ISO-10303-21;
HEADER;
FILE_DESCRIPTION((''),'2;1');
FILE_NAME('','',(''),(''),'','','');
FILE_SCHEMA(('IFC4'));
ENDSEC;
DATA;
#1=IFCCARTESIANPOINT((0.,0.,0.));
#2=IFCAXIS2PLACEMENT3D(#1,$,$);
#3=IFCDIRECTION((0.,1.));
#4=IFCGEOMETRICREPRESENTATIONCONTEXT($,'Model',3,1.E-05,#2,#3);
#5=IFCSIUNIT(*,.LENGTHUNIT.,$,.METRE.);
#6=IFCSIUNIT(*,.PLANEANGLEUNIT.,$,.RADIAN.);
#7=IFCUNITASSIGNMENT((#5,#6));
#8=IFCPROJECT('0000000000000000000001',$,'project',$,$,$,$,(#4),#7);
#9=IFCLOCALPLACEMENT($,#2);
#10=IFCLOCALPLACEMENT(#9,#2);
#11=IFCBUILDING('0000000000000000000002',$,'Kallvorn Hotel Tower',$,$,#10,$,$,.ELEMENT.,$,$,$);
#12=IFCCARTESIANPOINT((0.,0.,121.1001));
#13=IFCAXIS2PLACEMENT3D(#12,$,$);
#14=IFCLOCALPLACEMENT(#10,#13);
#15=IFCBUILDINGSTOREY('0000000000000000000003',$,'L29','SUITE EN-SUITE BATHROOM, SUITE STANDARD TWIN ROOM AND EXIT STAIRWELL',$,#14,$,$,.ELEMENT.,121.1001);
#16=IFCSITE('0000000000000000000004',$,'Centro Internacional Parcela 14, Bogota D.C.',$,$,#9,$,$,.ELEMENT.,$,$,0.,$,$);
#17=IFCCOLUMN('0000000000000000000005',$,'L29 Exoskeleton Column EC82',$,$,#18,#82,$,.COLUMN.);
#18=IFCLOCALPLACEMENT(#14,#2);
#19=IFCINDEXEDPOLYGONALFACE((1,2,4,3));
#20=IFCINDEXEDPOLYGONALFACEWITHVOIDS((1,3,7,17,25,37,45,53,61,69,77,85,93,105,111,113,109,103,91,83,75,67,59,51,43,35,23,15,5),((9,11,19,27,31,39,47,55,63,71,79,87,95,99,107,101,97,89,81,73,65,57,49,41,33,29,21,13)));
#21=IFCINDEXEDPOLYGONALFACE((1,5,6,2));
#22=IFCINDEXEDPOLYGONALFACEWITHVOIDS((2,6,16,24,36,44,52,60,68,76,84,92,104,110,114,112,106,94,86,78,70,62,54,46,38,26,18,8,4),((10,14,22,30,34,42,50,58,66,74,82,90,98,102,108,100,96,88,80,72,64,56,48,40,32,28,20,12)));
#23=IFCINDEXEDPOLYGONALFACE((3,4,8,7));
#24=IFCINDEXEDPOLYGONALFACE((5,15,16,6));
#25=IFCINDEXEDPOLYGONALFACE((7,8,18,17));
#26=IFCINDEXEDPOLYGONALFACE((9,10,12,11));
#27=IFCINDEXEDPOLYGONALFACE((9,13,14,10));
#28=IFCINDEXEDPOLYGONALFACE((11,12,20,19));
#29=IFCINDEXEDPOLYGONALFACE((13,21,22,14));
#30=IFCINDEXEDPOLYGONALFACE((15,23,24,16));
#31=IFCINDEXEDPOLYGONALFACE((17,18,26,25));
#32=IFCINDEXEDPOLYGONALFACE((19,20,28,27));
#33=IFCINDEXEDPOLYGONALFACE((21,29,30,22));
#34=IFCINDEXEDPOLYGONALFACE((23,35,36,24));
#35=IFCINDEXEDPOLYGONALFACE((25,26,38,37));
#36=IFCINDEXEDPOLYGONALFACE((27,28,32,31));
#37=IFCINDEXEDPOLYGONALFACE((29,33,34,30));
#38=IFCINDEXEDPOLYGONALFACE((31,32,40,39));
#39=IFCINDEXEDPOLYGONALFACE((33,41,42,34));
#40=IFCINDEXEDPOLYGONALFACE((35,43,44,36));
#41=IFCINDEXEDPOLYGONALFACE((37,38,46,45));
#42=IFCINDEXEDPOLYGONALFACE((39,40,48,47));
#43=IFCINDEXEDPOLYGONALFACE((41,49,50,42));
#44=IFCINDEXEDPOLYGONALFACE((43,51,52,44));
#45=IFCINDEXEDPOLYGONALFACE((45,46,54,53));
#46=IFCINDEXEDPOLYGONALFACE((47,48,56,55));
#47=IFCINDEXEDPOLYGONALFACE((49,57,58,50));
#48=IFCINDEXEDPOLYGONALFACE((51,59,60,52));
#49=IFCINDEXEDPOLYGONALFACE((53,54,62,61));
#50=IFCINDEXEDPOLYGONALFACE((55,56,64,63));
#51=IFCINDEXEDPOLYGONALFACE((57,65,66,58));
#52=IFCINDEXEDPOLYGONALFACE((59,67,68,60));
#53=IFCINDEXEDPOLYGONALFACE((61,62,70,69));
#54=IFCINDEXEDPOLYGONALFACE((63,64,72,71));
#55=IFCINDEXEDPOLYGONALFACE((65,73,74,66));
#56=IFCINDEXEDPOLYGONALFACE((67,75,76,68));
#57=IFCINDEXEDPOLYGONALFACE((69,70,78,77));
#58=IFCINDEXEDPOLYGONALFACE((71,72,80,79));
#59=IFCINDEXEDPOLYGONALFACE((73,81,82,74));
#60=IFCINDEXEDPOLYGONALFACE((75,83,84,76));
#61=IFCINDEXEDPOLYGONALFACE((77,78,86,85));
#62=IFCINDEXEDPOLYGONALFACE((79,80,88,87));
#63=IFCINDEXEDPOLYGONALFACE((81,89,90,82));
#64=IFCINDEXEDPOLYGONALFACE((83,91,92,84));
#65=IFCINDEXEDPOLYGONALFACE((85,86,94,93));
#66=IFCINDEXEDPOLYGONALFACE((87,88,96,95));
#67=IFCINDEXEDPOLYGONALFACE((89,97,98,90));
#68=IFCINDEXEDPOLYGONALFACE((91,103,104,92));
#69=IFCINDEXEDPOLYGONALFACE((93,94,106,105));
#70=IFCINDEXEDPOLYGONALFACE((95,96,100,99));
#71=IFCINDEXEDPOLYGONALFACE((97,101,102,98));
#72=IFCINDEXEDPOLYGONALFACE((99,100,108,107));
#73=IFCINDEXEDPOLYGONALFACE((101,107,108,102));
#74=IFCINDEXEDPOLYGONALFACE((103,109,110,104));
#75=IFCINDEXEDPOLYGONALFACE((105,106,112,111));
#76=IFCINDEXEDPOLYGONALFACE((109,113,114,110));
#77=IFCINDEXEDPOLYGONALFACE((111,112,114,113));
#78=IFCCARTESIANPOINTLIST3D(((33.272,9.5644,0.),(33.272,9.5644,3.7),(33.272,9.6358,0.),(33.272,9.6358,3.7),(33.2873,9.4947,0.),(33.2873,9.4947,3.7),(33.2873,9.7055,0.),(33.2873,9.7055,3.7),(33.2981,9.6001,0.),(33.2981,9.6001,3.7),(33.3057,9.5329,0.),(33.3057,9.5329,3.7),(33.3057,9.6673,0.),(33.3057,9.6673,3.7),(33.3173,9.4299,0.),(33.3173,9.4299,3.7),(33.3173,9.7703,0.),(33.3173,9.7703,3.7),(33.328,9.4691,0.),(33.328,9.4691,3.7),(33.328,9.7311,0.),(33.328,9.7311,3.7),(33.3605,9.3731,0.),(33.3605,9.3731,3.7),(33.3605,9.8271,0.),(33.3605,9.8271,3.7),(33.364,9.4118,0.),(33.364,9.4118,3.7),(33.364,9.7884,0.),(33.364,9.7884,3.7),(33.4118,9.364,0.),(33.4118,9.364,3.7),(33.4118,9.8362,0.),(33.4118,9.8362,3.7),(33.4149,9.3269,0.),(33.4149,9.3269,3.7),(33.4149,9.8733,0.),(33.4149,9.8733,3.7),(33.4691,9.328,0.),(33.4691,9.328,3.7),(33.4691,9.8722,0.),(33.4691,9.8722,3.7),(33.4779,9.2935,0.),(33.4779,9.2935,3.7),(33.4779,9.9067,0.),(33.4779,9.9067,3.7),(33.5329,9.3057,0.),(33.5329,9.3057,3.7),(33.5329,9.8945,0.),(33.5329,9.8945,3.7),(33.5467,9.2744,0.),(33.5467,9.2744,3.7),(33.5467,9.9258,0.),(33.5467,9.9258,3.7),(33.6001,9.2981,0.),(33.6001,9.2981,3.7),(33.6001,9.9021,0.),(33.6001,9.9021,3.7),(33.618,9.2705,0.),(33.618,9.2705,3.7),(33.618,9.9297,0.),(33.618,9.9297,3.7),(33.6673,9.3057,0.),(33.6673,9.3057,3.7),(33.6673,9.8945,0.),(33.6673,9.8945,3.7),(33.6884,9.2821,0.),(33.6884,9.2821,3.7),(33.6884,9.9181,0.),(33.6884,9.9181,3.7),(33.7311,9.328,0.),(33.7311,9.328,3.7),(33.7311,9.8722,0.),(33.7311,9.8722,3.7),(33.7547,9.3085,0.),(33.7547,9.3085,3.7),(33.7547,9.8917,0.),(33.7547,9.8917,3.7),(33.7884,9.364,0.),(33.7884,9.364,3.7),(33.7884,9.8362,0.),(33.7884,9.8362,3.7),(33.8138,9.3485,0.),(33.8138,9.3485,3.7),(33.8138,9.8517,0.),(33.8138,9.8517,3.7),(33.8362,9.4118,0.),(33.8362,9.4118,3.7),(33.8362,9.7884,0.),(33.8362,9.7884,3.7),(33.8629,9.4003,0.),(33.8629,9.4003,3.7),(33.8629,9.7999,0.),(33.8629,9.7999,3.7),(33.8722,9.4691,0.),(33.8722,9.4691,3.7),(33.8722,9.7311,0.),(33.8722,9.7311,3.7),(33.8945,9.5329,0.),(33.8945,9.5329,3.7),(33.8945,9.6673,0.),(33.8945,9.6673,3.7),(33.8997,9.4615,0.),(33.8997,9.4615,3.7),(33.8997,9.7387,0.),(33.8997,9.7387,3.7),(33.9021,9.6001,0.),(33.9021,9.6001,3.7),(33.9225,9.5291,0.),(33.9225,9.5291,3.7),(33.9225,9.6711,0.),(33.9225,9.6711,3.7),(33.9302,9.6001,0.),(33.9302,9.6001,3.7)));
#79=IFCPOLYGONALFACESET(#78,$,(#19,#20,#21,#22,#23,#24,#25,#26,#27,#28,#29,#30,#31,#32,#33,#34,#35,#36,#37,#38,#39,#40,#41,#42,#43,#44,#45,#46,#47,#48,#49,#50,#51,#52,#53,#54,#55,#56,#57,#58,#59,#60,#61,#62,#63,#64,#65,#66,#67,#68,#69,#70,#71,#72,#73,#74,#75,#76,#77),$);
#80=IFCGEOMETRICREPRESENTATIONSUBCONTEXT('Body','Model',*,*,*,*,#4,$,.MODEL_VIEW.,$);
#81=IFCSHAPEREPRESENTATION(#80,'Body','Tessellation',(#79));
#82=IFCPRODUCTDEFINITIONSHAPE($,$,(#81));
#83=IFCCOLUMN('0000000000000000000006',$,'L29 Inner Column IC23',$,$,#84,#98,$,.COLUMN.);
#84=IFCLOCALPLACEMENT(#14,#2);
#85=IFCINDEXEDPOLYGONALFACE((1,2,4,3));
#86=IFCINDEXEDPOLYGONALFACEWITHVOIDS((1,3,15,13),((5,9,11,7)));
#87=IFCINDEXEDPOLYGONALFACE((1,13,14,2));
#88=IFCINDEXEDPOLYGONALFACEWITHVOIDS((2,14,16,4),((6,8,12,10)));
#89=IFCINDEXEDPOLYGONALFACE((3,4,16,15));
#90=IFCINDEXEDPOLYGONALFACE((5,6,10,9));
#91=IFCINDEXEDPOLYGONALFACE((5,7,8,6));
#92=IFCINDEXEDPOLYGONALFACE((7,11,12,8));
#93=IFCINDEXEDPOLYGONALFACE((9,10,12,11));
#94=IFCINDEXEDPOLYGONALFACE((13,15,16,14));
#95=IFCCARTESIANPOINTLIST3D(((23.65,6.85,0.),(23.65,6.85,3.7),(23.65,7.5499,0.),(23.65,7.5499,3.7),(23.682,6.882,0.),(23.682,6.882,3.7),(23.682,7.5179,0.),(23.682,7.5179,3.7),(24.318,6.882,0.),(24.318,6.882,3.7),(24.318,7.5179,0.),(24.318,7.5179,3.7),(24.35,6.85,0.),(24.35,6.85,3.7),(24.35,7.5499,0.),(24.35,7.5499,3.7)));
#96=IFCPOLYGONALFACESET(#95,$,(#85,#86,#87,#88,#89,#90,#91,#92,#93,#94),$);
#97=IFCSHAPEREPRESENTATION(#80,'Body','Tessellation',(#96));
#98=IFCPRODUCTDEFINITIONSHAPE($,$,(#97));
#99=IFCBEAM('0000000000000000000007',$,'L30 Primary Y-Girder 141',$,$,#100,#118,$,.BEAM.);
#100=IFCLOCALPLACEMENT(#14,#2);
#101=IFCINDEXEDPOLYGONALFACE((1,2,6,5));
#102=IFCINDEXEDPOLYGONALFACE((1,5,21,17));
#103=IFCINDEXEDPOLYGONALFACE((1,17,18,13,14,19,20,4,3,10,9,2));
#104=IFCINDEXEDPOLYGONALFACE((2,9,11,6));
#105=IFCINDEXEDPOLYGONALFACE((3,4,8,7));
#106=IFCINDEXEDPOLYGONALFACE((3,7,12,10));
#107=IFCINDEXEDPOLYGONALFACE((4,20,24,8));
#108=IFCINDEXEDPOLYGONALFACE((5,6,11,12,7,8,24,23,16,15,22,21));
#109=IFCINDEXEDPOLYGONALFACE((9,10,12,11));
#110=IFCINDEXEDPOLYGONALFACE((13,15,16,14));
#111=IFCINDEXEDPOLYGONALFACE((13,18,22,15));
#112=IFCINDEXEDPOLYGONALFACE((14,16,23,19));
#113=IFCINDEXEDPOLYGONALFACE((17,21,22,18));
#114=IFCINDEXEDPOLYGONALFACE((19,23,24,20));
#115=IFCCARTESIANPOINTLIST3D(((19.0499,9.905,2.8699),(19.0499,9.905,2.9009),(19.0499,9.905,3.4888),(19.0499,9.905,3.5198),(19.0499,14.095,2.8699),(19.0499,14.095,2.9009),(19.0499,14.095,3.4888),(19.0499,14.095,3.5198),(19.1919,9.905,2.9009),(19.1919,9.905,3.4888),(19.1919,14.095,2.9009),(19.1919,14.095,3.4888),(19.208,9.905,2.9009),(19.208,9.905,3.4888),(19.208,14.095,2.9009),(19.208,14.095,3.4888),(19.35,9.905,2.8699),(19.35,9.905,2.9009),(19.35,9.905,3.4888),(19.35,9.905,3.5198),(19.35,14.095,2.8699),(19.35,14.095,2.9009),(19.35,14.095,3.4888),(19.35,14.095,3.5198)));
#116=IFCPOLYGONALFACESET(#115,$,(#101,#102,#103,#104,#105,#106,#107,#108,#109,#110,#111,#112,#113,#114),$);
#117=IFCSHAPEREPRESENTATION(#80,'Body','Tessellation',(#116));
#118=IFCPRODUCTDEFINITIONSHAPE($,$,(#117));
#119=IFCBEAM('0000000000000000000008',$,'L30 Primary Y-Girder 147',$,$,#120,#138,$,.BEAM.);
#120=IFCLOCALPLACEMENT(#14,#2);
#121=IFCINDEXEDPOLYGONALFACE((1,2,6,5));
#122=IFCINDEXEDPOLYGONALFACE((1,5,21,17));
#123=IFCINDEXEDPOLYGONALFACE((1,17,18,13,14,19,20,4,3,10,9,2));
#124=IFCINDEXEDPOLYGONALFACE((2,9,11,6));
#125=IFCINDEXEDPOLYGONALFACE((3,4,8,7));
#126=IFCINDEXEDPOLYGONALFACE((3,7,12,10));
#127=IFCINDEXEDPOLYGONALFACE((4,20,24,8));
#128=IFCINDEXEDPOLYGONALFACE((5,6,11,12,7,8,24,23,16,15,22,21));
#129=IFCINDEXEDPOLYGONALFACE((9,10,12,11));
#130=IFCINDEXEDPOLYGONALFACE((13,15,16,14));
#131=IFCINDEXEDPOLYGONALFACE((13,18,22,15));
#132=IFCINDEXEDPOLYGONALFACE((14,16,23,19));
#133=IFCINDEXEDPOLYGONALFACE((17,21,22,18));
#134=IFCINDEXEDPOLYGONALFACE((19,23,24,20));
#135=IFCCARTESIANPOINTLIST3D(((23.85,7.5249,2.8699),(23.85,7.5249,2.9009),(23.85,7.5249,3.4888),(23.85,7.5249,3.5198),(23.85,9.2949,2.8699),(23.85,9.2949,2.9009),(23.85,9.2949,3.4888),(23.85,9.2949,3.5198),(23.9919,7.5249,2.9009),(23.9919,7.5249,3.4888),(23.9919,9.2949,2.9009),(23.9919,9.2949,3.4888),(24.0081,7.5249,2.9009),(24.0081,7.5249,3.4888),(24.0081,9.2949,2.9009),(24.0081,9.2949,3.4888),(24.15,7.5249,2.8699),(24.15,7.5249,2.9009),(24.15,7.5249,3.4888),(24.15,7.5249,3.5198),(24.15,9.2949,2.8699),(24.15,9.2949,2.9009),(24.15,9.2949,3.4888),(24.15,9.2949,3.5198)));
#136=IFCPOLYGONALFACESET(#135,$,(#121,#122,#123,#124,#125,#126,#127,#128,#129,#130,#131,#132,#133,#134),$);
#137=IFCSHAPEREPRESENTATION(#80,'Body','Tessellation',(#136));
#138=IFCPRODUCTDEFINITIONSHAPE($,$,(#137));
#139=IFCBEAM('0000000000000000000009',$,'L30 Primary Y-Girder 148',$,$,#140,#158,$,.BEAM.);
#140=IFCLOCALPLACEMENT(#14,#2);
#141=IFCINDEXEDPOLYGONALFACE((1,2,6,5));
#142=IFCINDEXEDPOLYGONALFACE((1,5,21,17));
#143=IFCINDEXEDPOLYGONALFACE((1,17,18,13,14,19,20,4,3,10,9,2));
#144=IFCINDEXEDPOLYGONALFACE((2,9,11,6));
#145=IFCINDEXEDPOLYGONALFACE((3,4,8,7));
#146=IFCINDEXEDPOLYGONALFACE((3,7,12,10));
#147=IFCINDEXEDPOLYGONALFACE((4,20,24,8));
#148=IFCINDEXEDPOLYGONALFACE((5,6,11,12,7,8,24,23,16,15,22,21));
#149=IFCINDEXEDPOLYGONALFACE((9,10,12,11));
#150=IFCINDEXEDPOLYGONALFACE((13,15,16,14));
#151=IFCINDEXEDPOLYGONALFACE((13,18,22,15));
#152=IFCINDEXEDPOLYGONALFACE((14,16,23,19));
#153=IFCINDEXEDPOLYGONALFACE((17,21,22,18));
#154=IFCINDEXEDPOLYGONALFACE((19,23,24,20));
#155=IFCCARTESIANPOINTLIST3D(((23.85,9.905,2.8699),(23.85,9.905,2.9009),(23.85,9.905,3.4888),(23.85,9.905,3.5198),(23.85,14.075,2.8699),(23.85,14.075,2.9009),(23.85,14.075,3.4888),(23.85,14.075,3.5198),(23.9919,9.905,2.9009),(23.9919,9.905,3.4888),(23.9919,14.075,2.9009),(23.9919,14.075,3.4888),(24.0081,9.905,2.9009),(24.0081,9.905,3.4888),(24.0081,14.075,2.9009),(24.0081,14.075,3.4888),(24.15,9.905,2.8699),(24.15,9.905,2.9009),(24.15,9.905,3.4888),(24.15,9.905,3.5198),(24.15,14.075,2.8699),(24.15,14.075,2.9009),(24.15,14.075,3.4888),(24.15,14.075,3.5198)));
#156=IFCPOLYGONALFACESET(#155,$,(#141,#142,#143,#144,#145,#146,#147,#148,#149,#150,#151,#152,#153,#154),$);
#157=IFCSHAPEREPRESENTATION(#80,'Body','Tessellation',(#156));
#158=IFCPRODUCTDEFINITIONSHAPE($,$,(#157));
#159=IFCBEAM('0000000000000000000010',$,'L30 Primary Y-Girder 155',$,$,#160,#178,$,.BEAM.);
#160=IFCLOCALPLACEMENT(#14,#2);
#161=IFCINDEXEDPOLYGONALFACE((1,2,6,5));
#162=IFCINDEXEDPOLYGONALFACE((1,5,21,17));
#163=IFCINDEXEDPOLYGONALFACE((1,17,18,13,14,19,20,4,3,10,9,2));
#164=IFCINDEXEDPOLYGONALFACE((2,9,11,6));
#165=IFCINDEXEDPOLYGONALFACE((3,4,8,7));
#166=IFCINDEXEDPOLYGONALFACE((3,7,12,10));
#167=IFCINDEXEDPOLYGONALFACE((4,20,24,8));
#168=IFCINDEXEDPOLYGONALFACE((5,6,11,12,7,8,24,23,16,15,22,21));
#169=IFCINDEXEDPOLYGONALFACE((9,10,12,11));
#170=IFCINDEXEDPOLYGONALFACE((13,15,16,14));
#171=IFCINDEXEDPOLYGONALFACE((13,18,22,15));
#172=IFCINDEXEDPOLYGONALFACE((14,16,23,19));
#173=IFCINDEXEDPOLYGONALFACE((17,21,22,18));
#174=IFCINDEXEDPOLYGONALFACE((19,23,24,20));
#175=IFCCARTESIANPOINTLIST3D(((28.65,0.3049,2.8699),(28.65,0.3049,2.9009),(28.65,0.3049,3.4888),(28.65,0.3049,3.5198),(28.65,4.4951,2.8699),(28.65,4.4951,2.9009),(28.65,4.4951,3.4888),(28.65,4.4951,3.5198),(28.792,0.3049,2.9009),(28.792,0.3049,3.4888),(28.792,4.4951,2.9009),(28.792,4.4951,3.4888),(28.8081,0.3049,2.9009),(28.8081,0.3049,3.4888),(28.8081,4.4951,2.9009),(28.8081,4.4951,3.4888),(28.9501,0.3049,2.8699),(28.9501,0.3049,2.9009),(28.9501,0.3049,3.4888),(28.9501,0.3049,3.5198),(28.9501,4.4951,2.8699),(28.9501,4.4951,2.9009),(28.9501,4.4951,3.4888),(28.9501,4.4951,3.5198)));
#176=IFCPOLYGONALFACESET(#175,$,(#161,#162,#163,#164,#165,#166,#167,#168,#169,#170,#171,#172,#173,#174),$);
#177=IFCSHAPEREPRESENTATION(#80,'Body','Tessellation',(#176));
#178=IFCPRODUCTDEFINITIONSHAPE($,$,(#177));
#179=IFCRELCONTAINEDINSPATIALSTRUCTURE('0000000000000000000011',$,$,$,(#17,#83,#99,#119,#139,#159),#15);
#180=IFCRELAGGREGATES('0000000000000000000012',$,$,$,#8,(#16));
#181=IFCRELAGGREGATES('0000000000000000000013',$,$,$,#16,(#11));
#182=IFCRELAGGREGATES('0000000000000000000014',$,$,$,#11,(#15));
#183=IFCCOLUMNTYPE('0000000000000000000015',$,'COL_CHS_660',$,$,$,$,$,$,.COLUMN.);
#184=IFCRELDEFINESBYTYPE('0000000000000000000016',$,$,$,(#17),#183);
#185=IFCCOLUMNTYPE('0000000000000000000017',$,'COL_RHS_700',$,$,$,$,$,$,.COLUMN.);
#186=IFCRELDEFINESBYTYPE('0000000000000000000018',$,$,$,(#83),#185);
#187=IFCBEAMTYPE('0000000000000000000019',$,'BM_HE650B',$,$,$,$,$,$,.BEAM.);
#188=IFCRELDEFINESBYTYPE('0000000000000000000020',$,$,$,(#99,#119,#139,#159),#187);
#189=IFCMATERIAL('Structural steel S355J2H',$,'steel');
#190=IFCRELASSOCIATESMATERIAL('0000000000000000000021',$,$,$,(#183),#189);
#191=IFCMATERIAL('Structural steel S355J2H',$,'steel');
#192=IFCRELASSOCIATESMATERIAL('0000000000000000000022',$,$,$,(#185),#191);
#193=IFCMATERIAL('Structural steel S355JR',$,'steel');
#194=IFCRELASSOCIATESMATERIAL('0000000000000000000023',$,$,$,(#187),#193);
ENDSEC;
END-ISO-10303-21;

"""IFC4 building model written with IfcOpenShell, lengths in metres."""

from ifc_helpers import new_model, si_unit, direction, frame, origin, origin_2d, place, context, subcontext, project, spatial, hollow_rectangle, hollow_circle, i_section, extrude, material, material_profile, profile_set, type_object, element, save


model = new_model("IFC4")

# Units and contexts
model_context = context("Model", 3, precision=1e-05, world=origin(), true_north=direction((0.0, 1.0)))
body_context = subcontext(model_context, "Body", "Model", "MODEL_VIEW")
ifc_project = project(units=[si_unit("LENGTHUNIT", "METRE"), si_unit("PLANEANGLEUNIT", "RADIAN")], contexts=[model_context])

# Site, building, storey
site_placement = place(None, origin())
site = spatial("IfcSite", under=ifc_project, at=site_placement, Name="Centro Internacional Parcela 14, Bogota D.C.", CompositionType="ELEMENT", RefElevation=0.0)
building_placement = place(site_placement, origin())
building = spatial("IfcBuilding", under=site, at=building_placement, Name="Kallvorn Hotel Tower", CompositionType="ELEMENT")
storey_placement = place(building_placement, frame((0.0, 0.0, 121.1001)))
storey = spatial("IfcBuildingStorey", under=building, at=storey_placement, Name="L29", Description="SUITE EN-SUITE BATHROOM, SUITE STANDARD TWIN ROOM AND EXIT STAIRWELL", CompositionType="ELEMENT", Elevation=121.1001)

# Columns
ifc_material_1 = material(Name="Structural steel S355J2H", Category="steel")
ifc_material_profile_1 = material_profile(ifc_material_1, hollow_circle(Radius=0.3301, WallThickness=0.0281, at=origin_2d()), Name="CHS 660x28")
ifc_profile_set_1 = profile_set([ifc_material_profile_1], Name="Structural steel S355J2H")
column_type_1 = type_object("IfcColumnType", Name="COL_CHS_660", PredefinedType="COLUMN", material=ifc_profile_set_1)
for number, where, z_axis, x_axis, name in (
    (1, (33.6001, 9.6001, 0.0), (0.0, 0.0, 1.0), (1.0, 0.0, 0.0), "L29 Exoskeleton Column EC82"),
):
    element("IfcColumn", number, at=place(storey_placement, frame(where, z_axis=z_axis, x_axis=x_axis)), inside=storey, type_object=column_type_1, Name=name, PredefinedType="COLUMN", context=body_context, shape_type="SweptSolid", body=[
        extrude(hollow_circle(Radius=0.3301, WallThickness=0.0281, at=origin_2d()), origin(), (0.0, 0.0, 1.0), 3.7),
    ])
ifc_material_2 = material(Name="Structural steel S355J2H", Category="steel")
ifc_material_profile_2 = material_profile(ifc_material_2, hollow_rectangle(XDim=0.7, YDim=0.7, WallThickness=0.032, at=origin_2d()), Name="RHS 700x700x32")
ifc_profile_set_2 = profile_set([ifc_material_profile_2], Name="Structural steel S355J2H")
column_type_2 = type_object("IfcColumnType", Name="COL_RHS_700", PredefinedType="COLUMN", material=ifc_profile_set_2)
column_placement = place(storey_placement, frame((24.0, 7.2, 0.0), z_axis=(0.0, 0.0, 1.0), x_axis=(1.0, 0.0, 0.0)))
element("IfcColumn", 2, at=column_placement, inside=storey, type_object=column_type_2, Name="L29 Inner Column IC23", PredefinedType="COLUMN", context=body_context, shape_type="SweptSolid", body=[
    extrude(hollow_rectangle(XDim=0.7, YDim=0.7, WallThickness=0.032, at=origin_2d()), origin(), (0.0, 0.0, 1.0), 3.7),
])

# Beams
ifc_material_3 = material(Name="Structural steel S355JR", Category="steel")
ifc_material_profile_3 = material_profile(ifc_material_3, i_section(OverallWidth=0.3, OverallDepth=0.6499, WebThickness=0.0161, FlangeThickness=0.031, at=origin_2d()), Name="HE 650 B")
ifc_profile_set_3 = profile_set([ifc_material_profile_3], Name="Structural steel S355JR")
beam_type_1 = type_object("IfcBeamType", Name="BM_HE650B", PredefinedType="BEAM", material=ifc_profile_set_3)
beam_1_placement = place(storey_placement, frame((19.2, 9.905, 3.1948), z_axis=(0.0, 1.0, 0.0), x_axis=(-1.0, 0.0, 0.0)))
element("IfcBeam", 3, at=beam_1_placement, inside=storey, type_object=beam_type_1, Name="L30 Primary Y-Girder 141", PredefinedType="BEAM", context=body_context, shape_type="SweptSolid", body=[
    extrude(i_section(OverallWidth=0.3, OverallDepth=0.6499, WebThickness=0.0161, FlangeThickness=0.031, at=origin_2d()), origin(), (0.0, 0.0, 1.0), 4.1899),
])
beam_2_placement = place(storey_placement, frame((24.0, 7.5249, 3.1948), z_axis=(0.0, 1.0, 0.0), x_axis=(-1.0, 0.0, 0.0)))
element("IfcBeam", 4, at=beam_2_placement, inside=storey, type_object=beam_type_1, Name="L30 Primary Y-Girder 147", PredefinedType="BEAM", context=body_context, shape_type="SweptSolid", body=[
    extrude(i_section(OverallWidth=0.3, OverallDepth=0.6499, WebThickness=0.0161, FlangeThickness=0.031, at=origin_2d()), origin(), (0.0, 0.0, 1.0), 1.77),
])
beam_3_placement = place(storey_placement, frame((24.0, 9.905, 3.1948), z_axis=(0.0, 1.0, 0.0), x_axis=(-1.0, 0.0, 0.0)))
element("IfcBeam", 5, at=beam_3_placement, inside=storey, type_object=beam_type_1, Name="L30 Primary Y-Girder 148", PredefinedType="BEAM", context=body_context, shape_type="SweptSolid", body=[
    extrude(i_section(OverallWidth=0.3, OverallDepth=0.6499, WebThickness=0.0161, FlangeThickness=0.031, at=origin_2d()), origin(), (0.0, 0.0, 1.0), 4.1699),
])
beam_4_placement = place(storey_placement, frame((28.8, 0.3049, 3.1948), z_axis=(0.0, 1.0, 0.0), x_axis=(-1.0, 0.0, 0.0)))
element("IfcBeam", 6, at=beam_4_placement, inside=storey, type_object=beam_type_1, Name="L30 Primary Y-Girder 155", PredefinedType="BEAM", context=body_context, shape_type="SweptSolid", body=[
    extrude(i_section(OverallWidth=0.3, OverallDepth=0.6499, WebThickness=0.0161, FlangeThickness=0.031, at=origin_2d()), origin(), (0.0, 0.0, 1.0), 4.1902),
])

save(model, "model.ifc")
